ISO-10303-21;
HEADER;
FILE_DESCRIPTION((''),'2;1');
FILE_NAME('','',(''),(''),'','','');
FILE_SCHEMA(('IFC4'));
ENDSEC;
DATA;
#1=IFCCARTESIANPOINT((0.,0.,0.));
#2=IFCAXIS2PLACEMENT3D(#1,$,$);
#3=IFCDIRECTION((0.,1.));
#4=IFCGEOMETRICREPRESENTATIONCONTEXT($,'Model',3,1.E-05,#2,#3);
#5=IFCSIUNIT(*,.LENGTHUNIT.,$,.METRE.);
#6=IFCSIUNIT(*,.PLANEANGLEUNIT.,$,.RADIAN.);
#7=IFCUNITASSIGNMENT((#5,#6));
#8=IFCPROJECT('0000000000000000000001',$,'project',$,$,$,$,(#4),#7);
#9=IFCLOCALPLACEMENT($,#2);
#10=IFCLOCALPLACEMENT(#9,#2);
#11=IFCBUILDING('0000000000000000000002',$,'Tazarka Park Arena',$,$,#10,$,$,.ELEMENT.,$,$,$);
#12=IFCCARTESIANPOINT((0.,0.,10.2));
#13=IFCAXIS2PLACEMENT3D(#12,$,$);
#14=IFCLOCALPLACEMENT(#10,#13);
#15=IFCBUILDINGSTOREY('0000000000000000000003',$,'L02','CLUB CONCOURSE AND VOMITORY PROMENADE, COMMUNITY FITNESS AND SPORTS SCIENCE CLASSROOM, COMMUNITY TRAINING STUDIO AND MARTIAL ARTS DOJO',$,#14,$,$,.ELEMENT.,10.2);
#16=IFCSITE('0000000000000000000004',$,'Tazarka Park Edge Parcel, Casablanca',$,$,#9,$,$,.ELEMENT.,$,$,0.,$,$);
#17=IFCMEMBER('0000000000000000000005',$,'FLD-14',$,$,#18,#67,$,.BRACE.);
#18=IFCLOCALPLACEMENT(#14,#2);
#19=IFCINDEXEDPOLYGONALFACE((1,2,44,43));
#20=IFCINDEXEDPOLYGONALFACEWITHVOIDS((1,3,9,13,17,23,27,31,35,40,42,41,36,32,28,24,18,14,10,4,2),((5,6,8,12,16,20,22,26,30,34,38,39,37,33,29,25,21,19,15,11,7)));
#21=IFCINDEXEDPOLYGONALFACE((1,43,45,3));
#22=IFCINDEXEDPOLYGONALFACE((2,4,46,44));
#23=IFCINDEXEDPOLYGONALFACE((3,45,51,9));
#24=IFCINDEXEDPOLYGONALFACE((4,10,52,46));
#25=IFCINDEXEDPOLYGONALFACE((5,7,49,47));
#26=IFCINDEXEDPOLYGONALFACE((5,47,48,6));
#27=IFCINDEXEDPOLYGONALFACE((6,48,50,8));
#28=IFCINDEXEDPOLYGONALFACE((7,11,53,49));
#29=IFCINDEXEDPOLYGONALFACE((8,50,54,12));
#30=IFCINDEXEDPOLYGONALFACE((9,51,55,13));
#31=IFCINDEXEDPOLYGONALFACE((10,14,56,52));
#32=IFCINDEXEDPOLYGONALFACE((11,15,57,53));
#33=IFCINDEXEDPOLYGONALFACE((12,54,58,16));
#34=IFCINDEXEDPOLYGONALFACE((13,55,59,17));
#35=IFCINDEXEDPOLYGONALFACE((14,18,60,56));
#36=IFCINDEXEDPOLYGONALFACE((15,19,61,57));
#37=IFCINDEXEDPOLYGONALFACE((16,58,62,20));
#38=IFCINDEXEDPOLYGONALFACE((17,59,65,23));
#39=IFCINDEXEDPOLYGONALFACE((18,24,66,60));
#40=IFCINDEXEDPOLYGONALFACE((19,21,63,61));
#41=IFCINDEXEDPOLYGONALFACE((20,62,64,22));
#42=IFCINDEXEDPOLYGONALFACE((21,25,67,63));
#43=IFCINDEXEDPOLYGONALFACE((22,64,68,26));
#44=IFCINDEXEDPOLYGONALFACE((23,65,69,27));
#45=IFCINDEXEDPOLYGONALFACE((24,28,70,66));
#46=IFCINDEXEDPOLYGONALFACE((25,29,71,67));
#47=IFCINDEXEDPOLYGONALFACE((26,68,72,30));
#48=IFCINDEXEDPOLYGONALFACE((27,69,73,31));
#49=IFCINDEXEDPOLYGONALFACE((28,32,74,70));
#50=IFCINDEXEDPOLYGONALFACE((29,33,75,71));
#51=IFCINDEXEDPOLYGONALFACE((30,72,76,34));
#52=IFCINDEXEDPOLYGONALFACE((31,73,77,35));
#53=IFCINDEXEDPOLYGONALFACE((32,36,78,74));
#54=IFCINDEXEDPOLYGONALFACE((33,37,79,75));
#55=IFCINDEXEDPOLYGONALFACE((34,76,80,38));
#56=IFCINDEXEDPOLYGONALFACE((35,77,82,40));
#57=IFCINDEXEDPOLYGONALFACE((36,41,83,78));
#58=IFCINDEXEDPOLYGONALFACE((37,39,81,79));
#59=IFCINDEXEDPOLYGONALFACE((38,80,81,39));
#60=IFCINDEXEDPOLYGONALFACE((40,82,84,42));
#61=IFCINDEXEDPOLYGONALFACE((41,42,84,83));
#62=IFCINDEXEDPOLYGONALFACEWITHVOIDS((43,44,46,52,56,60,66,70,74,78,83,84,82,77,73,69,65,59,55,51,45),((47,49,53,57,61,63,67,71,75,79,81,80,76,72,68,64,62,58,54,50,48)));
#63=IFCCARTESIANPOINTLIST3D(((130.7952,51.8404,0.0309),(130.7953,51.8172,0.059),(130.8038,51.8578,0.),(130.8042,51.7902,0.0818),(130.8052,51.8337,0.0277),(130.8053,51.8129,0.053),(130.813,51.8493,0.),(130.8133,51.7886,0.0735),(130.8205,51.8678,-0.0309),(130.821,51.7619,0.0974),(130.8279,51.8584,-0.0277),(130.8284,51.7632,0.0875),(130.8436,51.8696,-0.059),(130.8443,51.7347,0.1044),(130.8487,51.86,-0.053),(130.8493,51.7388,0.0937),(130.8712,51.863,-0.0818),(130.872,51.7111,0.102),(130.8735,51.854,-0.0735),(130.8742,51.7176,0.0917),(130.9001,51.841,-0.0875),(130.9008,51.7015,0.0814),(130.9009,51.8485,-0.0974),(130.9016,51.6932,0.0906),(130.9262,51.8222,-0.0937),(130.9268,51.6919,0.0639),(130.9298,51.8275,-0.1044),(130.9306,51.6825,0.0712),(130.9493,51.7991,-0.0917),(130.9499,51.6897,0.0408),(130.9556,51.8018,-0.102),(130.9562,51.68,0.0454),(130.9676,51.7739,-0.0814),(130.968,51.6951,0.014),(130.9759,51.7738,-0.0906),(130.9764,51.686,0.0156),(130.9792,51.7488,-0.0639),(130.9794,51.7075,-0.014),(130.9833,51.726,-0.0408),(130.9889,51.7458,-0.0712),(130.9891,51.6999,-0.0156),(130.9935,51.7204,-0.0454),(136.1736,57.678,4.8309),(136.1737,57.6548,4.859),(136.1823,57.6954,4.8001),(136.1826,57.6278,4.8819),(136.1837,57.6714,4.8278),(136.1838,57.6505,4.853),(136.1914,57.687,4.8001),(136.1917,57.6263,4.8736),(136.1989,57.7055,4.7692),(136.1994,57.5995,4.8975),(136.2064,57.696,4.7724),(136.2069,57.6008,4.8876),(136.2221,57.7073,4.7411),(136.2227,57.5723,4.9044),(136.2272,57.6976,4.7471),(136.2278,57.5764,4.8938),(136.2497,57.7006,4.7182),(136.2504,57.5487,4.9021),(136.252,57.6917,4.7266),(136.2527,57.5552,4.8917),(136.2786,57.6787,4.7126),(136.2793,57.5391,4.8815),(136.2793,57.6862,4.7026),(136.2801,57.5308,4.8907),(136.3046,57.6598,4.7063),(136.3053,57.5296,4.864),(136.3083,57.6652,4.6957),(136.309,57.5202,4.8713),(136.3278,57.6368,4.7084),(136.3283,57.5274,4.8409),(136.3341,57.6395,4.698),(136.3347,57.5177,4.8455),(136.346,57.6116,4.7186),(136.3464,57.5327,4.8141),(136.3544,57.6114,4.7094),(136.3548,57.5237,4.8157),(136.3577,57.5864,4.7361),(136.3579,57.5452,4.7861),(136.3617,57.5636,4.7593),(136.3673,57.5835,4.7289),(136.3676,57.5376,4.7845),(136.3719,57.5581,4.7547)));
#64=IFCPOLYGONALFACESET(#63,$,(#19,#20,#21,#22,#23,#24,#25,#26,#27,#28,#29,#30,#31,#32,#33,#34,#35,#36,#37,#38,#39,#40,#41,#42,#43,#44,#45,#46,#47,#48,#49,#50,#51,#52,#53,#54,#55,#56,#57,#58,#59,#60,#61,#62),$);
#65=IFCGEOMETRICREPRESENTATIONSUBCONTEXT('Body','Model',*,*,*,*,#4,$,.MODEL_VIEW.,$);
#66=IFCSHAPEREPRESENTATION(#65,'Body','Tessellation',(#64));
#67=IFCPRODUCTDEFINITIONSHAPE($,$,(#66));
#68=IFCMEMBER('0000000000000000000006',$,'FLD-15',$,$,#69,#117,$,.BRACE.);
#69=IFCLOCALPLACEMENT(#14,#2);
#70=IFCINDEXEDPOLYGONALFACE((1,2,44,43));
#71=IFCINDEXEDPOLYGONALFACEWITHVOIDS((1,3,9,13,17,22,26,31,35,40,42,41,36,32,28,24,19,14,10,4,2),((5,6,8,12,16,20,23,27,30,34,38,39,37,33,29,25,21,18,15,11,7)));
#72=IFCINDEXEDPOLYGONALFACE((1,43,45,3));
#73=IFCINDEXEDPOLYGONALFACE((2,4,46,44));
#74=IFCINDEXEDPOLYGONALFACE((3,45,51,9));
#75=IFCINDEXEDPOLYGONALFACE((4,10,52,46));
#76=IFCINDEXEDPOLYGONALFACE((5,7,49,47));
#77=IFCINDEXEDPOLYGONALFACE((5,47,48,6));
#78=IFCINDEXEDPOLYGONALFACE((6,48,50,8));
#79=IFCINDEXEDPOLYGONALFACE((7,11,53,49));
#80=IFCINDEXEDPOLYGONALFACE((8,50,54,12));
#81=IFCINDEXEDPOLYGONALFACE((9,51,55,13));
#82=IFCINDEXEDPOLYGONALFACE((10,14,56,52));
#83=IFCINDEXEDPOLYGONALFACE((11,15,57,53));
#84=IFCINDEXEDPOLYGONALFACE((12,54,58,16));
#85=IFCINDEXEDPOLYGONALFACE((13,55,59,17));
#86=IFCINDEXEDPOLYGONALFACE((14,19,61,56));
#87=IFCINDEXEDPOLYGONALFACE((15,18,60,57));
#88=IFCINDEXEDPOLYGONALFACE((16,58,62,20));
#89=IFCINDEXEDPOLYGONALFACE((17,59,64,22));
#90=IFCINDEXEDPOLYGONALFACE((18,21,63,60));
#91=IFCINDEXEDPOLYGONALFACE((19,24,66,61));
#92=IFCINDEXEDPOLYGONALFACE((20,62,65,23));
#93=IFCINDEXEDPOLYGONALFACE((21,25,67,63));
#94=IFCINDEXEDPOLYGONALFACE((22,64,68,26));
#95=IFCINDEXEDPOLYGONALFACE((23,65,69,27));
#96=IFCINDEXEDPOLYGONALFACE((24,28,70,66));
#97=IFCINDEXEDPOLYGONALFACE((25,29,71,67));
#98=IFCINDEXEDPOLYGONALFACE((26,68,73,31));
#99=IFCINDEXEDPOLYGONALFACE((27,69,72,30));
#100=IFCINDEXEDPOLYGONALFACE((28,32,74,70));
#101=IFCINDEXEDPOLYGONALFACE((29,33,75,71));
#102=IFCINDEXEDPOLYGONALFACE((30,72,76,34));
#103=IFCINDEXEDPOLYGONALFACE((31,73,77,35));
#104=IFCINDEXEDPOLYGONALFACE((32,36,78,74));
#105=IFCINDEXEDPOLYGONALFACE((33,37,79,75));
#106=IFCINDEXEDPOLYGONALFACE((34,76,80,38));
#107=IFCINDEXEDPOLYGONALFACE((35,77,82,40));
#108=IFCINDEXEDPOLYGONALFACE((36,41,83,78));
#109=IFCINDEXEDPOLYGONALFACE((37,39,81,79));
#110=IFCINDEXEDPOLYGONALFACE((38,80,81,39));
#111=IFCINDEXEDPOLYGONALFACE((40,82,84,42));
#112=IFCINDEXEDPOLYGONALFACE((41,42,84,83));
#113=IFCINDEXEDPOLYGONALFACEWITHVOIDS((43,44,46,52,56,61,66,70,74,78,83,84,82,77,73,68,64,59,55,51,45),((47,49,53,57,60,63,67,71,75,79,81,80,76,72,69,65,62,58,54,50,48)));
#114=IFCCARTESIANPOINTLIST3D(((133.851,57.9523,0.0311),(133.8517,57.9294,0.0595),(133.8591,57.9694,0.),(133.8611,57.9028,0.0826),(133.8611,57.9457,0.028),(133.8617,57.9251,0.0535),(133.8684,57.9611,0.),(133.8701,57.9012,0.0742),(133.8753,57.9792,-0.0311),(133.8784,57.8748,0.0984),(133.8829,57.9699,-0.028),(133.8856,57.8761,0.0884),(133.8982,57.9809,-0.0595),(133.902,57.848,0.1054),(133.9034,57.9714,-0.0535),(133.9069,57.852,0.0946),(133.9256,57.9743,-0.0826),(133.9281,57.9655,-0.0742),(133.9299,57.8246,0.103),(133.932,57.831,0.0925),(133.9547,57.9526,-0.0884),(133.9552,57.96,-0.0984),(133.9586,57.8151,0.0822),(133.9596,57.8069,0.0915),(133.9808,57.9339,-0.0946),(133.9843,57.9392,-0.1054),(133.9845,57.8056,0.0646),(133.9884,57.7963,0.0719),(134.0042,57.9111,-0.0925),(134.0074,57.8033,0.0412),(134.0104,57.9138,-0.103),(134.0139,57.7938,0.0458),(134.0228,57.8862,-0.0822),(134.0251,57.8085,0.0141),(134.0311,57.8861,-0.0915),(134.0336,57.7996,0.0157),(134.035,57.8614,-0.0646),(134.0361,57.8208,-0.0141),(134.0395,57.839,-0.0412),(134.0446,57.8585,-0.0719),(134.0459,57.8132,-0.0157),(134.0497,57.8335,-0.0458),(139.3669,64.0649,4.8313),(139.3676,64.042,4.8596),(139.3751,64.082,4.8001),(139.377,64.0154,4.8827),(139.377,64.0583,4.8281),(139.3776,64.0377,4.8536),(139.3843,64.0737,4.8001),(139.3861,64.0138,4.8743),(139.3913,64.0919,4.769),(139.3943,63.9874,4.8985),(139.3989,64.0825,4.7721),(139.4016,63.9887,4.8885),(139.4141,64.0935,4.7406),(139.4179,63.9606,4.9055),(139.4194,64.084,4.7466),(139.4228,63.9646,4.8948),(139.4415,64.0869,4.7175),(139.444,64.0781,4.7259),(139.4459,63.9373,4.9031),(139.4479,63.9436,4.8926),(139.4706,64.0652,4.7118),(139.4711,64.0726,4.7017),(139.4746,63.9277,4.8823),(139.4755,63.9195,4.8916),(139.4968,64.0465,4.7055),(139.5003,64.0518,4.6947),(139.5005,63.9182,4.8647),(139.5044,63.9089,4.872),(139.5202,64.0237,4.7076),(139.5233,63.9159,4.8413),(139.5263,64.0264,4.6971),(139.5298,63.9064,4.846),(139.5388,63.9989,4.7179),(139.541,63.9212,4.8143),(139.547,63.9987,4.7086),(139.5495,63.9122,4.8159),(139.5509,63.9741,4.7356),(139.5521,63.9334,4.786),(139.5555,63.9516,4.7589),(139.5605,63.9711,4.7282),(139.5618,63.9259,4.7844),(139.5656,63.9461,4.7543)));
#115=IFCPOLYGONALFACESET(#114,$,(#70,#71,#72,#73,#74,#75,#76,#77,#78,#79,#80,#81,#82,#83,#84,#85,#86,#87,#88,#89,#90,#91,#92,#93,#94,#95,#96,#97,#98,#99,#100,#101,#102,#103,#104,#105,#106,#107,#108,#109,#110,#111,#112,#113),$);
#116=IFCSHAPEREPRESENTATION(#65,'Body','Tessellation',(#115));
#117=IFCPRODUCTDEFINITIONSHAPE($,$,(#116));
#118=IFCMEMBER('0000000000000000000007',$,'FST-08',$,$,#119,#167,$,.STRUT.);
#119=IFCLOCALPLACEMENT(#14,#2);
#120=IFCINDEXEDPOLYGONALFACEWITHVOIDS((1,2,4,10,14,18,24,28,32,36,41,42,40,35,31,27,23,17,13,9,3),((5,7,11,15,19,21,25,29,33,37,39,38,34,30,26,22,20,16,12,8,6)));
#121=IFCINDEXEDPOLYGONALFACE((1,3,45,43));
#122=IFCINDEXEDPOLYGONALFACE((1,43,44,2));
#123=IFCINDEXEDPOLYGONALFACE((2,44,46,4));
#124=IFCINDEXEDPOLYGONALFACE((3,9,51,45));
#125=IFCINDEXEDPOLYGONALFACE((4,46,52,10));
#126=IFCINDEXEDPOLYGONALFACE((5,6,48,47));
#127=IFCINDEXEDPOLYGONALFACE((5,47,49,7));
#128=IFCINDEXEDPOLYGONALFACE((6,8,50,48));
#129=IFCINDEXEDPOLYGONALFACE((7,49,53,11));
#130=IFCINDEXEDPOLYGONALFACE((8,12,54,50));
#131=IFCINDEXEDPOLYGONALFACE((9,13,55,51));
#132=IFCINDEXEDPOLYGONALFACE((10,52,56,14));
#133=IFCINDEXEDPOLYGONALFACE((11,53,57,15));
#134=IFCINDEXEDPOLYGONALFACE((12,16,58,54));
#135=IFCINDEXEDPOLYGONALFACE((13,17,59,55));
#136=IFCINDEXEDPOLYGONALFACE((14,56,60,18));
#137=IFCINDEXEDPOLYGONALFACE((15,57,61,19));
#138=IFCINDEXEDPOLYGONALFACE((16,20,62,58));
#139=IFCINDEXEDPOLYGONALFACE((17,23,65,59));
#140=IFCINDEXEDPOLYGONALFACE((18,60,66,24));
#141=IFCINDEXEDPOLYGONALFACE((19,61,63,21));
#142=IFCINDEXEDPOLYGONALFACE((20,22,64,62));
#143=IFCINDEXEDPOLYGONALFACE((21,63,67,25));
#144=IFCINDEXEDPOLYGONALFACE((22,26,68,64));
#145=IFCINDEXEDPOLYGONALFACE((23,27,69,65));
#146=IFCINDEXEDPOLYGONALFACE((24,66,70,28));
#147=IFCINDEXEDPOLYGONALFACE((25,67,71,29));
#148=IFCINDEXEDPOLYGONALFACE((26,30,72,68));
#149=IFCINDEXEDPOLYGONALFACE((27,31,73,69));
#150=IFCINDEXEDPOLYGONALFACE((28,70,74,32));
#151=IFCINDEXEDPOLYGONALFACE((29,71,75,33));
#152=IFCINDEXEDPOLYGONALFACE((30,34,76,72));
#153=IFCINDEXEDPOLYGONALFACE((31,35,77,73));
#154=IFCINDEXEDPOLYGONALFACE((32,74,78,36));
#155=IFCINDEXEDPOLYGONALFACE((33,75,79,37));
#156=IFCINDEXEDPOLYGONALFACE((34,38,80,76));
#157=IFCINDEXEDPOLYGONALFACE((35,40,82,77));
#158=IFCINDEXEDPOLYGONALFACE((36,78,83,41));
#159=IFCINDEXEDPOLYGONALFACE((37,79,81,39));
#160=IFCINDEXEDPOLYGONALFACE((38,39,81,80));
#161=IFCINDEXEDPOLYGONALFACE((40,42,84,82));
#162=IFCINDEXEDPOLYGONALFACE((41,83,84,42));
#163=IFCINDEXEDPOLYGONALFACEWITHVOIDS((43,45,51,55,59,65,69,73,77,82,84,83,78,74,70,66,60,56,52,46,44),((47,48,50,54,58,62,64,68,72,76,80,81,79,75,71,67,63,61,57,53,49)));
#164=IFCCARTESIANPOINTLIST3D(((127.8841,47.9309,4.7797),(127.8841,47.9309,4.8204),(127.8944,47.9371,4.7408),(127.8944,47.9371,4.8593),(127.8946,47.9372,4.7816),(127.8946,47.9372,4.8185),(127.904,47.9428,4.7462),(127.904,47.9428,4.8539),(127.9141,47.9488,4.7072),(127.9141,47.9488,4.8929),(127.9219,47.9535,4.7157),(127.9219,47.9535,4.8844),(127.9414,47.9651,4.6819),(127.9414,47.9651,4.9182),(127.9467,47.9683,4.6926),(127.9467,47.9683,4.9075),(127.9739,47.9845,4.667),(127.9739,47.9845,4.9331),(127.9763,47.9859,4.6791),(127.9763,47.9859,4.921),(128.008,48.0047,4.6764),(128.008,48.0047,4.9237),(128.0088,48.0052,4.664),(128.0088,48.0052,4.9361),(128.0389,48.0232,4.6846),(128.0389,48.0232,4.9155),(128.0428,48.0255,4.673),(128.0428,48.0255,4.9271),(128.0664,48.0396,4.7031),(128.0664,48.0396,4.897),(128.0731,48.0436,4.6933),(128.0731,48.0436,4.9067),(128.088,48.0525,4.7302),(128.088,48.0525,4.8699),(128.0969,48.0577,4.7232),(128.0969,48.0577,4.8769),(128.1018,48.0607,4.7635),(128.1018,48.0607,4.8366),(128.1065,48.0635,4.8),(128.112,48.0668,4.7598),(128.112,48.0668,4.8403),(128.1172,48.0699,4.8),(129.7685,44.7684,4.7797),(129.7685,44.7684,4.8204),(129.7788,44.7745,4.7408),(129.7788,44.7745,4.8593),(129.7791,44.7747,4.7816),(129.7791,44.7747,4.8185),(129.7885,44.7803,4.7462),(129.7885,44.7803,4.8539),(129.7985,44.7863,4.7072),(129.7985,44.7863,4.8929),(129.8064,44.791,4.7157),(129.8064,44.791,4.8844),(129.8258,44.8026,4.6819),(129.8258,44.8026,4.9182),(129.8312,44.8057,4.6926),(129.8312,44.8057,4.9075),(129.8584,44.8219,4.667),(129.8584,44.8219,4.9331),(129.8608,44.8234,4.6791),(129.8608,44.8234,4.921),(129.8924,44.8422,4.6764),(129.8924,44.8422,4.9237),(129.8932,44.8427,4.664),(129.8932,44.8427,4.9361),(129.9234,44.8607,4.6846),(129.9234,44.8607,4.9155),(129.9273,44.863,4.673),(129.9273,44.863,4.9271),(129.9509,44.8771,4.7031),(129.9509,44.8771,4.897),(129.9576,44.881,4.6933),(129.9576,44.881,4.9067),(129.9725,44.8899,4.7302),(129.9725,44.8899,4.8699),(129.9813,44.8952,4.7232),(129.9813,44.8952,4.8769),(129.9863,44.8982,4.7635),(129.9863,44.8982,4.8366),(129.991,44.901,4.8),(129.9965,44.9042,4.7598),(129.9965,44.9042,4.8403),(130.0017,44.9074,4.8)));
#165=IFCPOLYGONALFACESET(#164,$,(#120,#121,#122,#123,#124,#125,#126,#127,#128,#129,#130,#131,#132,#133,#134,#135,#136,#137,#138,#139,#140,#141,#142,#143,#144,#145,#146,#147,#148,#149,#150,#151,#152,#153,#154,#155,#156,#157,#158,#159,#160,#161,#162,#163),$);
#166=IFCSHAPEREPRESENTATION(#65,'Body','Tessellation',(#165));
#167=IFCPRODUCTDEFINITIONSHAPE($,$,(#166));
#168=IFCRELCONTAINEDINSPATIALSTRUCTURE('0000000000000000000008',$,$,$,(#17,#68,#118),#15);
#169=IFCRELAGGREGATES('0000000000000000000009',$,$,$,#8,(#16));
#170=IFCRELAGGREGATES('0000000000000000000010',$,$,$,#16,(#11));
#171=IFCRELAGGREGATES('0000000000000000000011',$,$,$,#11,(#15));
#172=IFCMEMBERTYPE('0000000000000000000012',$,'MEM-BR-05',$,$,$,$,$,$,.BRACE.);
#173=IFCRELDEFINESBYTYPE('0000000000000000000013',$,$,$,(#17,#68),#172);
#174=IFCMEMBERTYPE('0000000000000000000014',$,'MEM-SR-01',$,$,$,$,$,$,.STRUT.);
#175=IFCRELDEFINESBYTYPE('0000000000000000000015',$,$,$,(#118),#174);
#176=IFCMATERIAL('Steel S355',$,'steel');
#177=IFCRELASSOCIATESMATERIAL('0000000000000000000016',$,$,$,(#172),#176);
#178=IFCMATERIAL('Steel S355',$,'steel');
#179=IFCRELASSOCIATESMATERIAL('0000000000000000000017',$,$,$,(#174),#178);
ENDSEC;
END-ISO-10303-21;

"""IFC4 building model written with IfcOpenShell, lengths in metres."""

from ifc_helpers import new_model, si_unit, direction, frame, origin, origin_2d, place, context, subcontext, project, spatial, hollow_circle, extrude, material, material_profile, profile_set, type_object, element, save


model = new_model("IFC4")

# Units and contexts
model_context = context("Model", 3, precision=1e-05, world=origin(), true_north=direction((0.0, 1.0)))
body_context = subcontext(model_context, "Body", "Model", "MODEL_VIEW")
ifc_project = project(units=[si_unit("LENGTHUNIT", "METRE"), si_unit("PLANEANGLEUNIT", "RADIAN")], contexts=[model_context])

# Site, building, storey
site_placement = place(None, origin())
site = spatial("IfcSite", under=ifc_project, at=site_placement, Name="Tazarka Park Edge Parcel, Casablanca", CompositionType="ELEMENT", RefElevation=0.0)
building_placement = place(site_placement, origin())
building = spatial("IfcBuilding", under=site, at=building_placement, Name="Tazarka Park Arena", CompositionType="ELEMENT")
storey_placement = place(building_placement, frame((0.0, 0.0, 10.2)))
storey = spatial("IfcBuildingStorey", under=building, at=storey_placement, Name="L02", Description="CLUB CONCOURSE AND VOMITORY PROMENADE, COMMUNITY FITNESS AND SPORTS SCIENCE CLASSROOM, COMMUNITY TRAINING STUDIO AND MARTIAL ARTS DOJO", CompositionType="ELEMENT", Elevation=10.2)

# Members
ifc_material_1 = material(Name="Steel S355", Category="steel")
ifc_material_profile_1 = material_profile(ifc_material_1, hollow_circle(Radius=0.1223, WallThickness=0.0125, at=origin_2d()), Name="Steel S355")
ifc_profile_set_1 = profile_set([ifc_material_profile_1], Name="Steel S355")
member_type_1 = type_object("IfcMemberType", Name="MEM-BR-05", PredefinedType="BRACE", material=ifc_profile_set_1)
member_1_placement = place(storey_placement, frame((130.8938, 51.7749, 0.0), z_axis=(0.579815, 0.629321, 0.517464), x_axis=(-0.735442, 0.677587, 0.0)))
element("IfcMember", 1, at=member_1_placement, inside=storey, type_object=member_type_1, Name="FLD-14", PredefinedType="BRACE", context=body_context, shape_type="SweptSolid", body=[
    extrude(hollow_circle(Radius=0.1223, WallThickness=0.0125, at=origin_2d()), origin(), (0.0, 0.0, 1.0), 9.2761),
])
member_2_placement = place(storey_placement, frame((133.95, 57.8875, 0.0), z_axis=(0.578766, 0.641374, 0.503657), x_axis=(-0.742413, 0.669942, 0.0)))
element("IfcMember", 2, at=member_2_placement, inside=storey, type_object=member_type_1, Name="FLD-15", PredefinedType="BRACE", context=body_context, shape_type="SweptSolid", body=[
    extrude(hollow_circle(Radius=0.1223, WallThickness=0.0125, at=origin_2d()), origin(), (0.0, 0.0, 1.0), 9.5305),
])
ifc_material_2 = material(Name="Steel S355", Category="steel")
ifc_material_profile_2 = material_profile(ifc_material_2, hollow_circle(Radius=0.1365, WallThickness=0.0125, at=origin_2d()), Name="Steel S355")
ifc_profile_set_2 = profile_set([ifc_material_profile_2], Name="Steel S355")
member_type_2 = type_object("IfcMemberType", Name="MEM-SR-01", PredefinedType="STRUT", material=ifc_profile_set_2)
member_3_placement = place(storey_placement, frame((128.0, 48.0, 4.8), z_axis=(0.51189, -0.859051, 0.0), x_axis=(0.859051, 0.51189, 0.0)))
element("IfcMember", 3, at=member_3_placement, inside=storey, type_object=member_type_2, Name="FST-08", PredefinedType="STRUT", context=body_context, shape_type="SweptSolid", body=[
    extrude(hollow_circle(Radius=0.1365, WallThickness=0.0125, at=origin_2d()), origin(), (0.0, 0.0, 1.0), 3.6814),
])

save(model, "model.ifc")
